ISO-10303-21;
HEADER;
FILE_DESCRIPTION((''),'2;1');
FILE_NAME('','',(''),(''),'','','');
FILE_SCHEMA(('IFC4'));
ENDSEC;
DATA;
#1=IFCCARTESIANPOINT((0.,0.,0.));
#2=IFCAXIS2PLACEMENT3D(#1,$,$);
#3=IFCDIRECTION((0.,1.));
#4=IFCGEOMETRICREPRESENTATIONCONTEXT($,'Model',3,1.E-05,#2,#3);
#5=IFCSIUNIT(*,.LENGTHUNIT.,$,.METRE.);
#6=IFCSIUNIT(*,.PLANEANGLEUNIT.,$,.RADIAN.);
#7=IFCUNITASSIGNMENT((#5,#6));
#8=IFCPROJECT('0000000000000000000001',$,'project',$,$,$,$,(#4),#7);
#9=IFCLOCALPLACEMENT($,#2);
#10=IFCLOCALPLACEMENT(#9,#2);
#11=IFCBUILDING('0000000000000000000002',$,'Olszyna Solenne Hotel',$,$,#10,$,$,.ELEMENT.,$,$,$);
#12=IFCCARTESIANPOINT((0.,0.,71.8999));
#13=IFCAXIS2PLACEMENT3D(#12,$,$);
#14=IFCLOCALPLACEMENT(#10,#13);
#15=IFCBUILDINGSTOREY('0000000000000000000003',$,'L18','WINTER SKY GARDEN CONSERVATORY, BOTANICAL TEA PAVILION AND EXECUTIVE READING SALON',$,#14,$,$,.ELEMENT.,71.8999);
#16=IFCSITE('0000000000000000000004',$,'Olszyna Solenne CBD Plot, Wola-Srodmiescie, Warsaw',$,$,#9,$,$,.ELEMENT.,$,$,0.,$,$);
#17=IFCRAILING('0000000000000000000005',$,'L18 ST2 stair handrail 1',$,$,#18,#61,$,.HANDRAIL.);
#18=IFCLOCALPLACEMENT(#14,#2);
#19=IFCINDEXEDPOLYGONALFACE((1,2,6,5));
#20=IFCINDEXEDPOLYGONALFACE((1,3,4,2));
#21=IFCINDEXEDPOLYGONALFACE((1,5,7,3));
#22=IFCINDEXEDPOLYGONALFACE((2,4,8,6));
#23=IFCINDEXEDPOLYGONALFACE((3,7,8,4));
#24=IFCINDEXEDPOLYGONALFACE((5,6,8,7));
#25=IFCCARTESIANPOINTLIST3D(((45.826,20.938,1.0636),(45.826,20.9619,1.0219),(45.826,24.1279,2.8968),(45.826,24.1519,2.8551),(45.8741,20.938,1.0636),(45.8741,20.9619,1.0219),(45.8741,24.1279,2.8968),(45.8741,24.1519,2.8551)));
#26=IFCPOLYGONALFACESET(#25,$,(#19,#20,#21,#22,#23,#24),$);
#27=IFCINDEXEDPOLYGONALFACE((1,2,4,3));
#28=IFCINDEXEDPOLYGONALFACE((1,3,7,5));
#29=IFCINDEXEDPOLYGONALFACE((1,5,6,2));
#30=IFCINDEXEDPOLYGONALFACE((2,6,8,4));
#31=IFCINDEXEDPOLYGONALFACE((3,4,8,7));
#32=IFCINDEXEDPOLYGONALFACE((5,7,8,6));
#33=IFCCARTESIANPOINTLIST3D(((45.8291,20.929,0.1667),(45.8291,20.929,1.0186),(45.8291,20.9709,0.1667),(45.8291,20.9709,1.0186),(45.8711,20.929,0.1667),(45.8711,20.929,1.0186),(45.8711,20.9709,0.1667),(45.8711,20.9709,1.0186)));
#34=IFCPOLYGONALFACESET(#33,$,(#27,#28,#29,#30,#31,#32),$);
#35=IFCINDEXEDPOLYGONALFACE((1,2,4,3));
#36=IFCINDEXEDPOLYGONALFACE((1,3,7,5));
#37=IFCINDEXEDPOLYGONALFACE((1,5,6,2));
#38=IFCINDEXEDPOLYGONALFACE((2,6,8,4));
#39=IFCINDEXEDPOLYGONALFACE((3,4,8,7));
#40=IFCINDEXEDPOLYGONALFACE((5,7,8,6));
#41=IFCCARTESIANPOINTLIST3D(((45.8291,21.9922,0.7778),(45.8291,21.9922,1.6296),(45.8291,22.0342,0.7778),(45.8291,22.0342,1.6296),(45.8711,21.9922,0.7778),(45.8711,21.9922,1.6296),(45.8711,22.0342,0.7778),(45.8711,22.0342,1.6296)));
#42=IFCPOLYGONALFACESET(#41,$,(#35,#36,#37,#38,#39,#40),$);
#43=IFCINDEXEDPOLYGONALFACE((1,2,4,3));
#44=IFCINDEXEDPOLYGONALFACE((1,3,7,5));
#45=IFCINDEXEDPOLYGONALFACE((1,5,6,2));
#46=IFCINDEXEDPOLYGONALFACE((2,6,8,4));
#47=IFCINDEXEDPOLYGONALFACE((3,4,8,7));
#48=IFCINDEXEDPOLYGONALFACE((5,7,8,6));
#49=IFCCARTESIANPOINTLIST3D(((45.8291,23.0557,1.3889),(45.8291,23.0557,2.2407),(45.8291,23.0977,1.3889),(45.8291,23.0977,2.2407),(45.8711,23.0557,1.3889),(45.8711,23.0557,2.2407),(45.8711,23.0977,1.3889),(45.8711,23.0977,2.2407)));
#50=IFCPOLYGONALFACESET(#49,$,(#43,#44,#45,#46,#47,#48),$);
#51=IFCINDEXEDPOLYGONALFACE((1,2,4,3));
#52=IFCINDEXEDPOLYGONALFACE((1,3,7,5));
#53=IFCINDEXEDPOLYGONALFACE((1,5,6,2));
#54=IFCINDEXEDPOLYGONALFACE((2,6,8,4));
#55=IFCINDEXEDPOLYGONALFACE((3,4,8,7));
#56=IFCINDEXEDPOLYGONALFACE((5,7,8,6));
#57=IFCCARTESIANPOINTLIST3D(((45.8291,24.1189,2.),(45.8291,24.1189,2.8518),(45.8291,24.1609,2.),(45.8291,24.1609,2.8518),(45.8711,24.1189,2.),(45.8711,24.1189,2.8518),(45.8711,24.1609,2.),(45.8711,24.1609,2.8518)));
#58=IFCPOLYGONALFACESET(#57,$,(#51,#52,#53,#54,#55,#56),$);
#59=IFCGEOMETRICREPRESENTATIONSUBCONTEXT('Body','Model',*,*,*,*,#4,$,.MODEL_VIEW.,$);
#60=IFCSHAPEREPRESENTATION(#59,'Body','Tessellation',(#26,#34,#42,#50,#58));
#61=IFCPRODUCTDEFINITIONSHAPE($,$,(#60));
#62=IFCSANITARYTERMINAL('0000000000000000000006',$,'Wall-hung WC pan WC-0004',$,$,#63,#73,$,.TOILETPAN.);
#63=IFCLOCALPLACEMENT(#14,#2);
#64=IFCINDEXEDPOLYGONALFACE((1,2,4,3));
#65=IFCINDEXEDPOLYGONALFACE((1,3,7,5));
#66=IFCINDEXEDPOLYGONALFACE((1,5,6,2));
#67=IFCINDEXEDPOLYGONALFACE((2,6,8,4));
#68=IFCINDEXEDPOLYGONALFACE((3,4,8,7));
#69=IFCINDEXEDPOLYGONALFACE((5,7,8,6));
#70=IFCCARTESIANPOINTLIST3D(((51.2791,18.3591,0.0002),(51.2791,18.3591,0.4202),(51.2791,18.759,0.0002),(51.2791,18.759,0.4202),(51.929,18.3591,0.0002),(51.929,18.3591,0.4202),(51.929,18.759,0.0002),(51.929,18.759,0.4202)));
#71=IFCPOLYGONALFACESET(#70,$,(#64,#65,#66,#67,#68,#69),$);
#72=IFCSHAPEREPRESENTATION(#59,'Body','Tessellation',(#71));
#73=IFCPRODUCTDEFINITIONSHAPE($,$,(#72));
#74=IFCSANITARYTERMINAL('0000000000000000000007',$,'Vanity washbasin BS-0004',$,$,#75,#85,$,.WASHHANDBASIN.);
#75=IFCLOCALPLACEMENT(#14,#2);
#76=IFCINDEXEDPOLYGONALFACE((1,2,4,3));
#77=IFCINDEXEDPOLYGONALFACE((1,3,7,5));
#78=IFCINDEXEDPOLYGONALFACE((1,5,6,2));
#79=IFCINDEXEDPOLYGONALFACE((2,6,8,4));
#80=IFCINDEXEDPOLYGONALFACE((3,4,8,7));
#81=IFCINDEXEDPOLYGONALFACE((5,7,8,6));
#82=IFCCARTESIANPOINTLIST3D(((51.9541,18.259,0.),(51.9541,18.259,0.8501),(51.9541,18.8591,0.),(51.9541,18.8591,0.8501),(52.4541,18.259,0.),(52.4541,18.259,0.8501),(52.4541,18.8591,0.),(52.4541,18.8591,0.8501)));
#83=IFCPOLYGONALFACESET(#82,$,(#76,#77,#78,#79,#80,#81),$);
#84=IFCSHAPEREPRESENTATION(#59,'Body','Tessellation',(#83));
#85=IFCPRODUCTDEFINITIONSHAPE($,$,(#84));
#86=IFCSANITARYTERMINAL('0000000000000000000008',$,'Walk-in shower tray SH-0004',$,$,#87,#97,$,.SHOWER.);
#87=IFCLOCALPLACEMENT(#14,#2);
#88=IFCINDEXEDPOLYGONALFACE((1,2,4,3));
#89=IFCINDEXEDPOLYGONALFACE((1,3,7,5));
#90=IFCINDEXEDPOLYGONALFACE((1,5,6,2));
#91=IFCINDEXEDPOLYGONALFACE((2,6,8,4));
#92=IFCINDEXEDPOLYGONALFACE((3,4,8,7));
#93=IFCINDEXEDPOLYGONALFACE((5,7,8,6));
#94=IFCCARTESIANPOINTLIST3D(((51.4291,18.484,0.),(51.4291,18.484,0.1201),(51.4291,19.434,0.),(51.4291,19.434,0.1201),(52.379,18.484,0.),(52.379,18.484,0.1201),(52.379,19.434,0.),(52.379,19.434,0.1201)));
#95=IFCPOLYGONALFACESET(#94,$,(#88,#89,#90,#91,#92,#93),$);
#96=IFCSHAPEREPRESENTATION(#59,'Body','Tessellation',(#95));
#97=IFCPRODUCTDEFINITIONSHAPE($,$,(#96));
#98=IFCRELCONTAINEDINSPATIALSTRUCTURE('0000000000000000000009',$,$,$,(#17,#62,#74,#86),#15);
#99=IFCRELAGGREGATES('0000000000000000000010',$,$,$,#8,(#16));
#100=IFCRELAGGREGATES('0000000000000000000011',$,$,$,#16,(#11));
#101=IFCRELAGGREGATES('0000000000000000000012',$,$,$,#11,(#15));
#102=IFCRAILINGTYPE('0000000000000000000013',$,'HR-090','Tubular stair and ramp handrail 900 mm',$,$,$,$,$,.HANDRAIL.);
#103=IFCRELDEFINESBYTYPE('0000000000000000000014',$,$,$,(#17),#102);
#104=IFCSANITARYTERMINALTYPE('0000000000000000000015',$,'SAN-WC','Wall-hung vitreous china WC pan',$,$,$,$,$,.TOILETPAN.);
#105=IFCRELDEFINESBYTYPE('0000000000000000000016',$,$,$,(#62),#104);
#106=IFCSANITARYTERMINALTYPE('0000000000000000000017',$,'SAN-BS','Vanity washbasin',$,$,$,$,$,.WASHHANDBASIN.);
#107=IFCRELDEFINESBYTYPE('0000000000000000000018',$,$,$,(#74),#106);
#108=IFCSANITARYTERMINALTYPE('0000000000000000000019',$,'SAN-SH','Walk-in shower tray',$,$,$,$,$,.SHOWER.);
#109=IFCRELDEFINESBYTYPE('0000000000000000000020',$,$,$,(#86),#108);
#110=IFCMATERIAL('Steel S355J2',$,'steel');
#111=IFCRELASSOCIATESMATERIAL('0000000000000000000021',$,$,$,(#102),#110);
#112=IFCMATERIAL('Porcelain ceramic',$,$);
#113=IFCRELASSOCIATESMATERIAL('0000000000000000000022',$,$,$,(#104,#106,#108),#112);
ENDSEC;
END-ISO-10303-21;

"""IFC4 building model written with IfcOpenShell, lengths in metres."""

from ifc_helpers import new_model, si_unit, direction, frame, origin, origin_2d, place, context, subcontext, project, spatial, rectangle, extrude, source, transform, mapped, material, type_object, element, save


model = new_model("IFC4")

# Units and contexts
model_context = context("Model", 3, precision=1e-05, world=origin(), true_north=direction((0.0, 1.0)))
body_context = subcontext(model_context, "Body", "Model", "MODEL_VIEW")
ifc_project = project(units=[si_unit("LENGTHUNIT", "METRE"), si_unit("PLANEANGLEUNIT", "RADIAN")], contexts=[model_context])

# Site, building, storey
site_placement = place(None, origin())
site = spatial("IfcSite", under=ifc_project, at=site_placement, Name="Olszyna Solenne CBD Plot, Wola-Srodmiescie, Warsaw", CompositionType="ELEMENT", RefElevation=0.0)
building_placement = place(site_placement, origin())
building = spatial("IfcBuilding", under=site, at=building_placement, Name="Olszyna Solenne Hotel", CompositionType="ELEMENT")
storey_placement = place(building_placement, frame((0.0, 0.0, 71.8999)))
storey = spatial("IfcBuildingStorey", under=building, at=storey_placement, Name="L18", Description="WINTER SKY GARDEN CONSERVATORY, BOTANICAL TEA PAVILION AND EXECUTIVE READING SALON", CompositionType="ELEMENT", Elevation=71.8999)

# Shared definitions
ifc_material_1 = material(Name="Steel S355J2", Category="steel")

# Railing
railing_type_1 = type_object("IfcRailingType", Name="HR-090", Description="Tubular stair and ramp handrail 900 mm", PredefinedType="HANDRAIL", material=ifc_material_1)
railing_1_placement = place(storey_placement, frame((45.8501, 20.95, 0.1667)))
element("IfcRailing", 1, at=railing_1_placement, inside=storey, type_object=railing_type_1, Name="L18 ST2 stair handrail 1", PredefinedType="HANDRAIL", context=body_context, shape_type="SweptSolid", body=[
    extrude(rectangle(XDim=0.0481, YDim=0.0481, at=origin_2d()), frame((0.0, 0.0, 0.876), z_axis=(0.0, 0.86702, 0.498274), x_axis=(-1.0, 0.0, 0.0)), (0.0, 0.0, 1.0), 3.6792),
    extrude(rectangle(XDim=0.042, YDim=0.042, at=origin_2d()), origin(), (0.0, 0.0, 1.0), 0.8518),
    extrude(rectangle(XDim=0.042, YDim=0.042, at=origin_2d()), frame((0.0, 1.0632, 0.6111)), (0.0, 0.0, 1.0), 0.8518),
    extrude(rectangle(XDim=0.042, YDim=0.042, at=origin_2d()), frame((0.0, 2.1267, 1.2222)), (0.0, 0.0, 1.0), 0.8518),
    extrude(rectangle(XDim=0.042, YDim=0.042, at=origin_2d()), frame((0.0, 3.1899, 1.8333)), (0.0, 0.0, 1.0), 0.8518),
])

# Sanitary terminals
ifc_material_2 = material(Name="Porcelain ceramic")
sanitary_terminal_type_1 = type_object("IfcSanitaryTerminalType", Name="SAN-WC", Description="Wall-hung vitreous china WC pan", PredefinedType="TOILETPAN", material=ifc_material_2)
shared_shape_1 = source(origin(), body_context, "Body", "SweptSolid", [
    extrude(rectangle(XDim=0.6499, YDim=0.3999, at=origin_2d()), origin(), (0.0, 0.0, 1.0), 0.4199),
])
sanitary_terminal_1_placement = place(storey_placement, frame((51.604, 18.5591, 0.0002), z_axis=(0.0, 0.0, 1.0), x_axis=(1.0, 0.0, 0.0)))
element("IfcSanitaryTerminal", 2, at=sanitary_terminal_1_placement, inside=storey, type_object=sanitary_terminal_type_1, Name="Wall-hung WC pan WC-0004", PredefinedType="TOILETPAN", context=body_context, shape_type="MappedRepresentation", body=[
    mapped(shared_shape_1, transform((0.0, 0.0, 0.0), x_axis=(1.0, 0.0, 0.0), y_axis=(0.0, 1.0, 0.0), z_axis=(0.0, 0.0, 1.0), scale=1.0)),
])
sanitary_terminal_type_2 = type_object("IfcSanitaryTerminalType", Name="SAN-BS", Description="Vanity washbasin", PredefinedType="WASHHANDBASIN", material=ifc_material_2)
shared_shape_2 = source(origin(), body_context, "Body", "SweptSolid", [
    extrude(rectangle(XDim=0.5, YDim=0.6001, at=origin_2d()), origin(), (0.0, 0.0, 1.0), 0.8501),
])
sanitary_terminal_2_placement = place(storey_placement, frame((52.2041, 18.5591, 0.0), z_axis=(0.0, 0.0, 1.0), x_axis=(1.0, 0.0, 0.0)))
element("IfcSanitaryTerminal", 3, at=sanitary_terminal_2_placement, inside=storey, type_object=sanitary_terminal_type_2, Name="Vanity washbasin BS-0004", PredefinedType="WASHHANDBASIN", context=body_context, shape_type="MappedRepresentation", body=[
    mapped(shared_shape_2, transform((0.0, 0.0, 0.0), x_axis=(1.0, 0.0, 0.0), y_axis=(0.0, 1.0, 0.0), z_axis=(0.0, 0.0, 1.0), scale=1.0)),
])
sanitary_terminal_type_3 = type_object("IfcSanitaryTerminalType", Name="SAN-SH", Description="Walk-in shower tray", PredefinedType="SHOWER", material=ifc_material_2)
shared_shape_3 = source(origin(), body_context, "Body", "SweptSolid", [
    extrude(rectangle(XDim=0.95, YDim=0.95, at=origin_2d()), origin(), (0.0, 0.0, 1.0), 0.1201),
])
sanitary_terminal_3_placement = place(storey_placement, frame((51.9041, 18.959, 0.0), z_axis=(0.0, 0.0, 1.0), x_axis=(1.0, 0.0, 0.0)))
element("IfcSanitaryTerminal", 4, at=sanitary_terminal_3_placement, inside=storey, type_object=sanitary_terminal_type_3, Name="Walk-in shower tray SH-0004", PredefinedType="SHOWER", context=body_context, shape_type="MappedRepresentation", body=[
    mapped(shared_shape_3, transform((0.0, 0.0, 0.0), x_axis=(1.0, 0.0, 0.0), y_axis=(0.0, 1.0, 0.0), z_axis=(0.0, 0.0, 1.0), scale=1.0)),
])

save(model, "model.ifc")
